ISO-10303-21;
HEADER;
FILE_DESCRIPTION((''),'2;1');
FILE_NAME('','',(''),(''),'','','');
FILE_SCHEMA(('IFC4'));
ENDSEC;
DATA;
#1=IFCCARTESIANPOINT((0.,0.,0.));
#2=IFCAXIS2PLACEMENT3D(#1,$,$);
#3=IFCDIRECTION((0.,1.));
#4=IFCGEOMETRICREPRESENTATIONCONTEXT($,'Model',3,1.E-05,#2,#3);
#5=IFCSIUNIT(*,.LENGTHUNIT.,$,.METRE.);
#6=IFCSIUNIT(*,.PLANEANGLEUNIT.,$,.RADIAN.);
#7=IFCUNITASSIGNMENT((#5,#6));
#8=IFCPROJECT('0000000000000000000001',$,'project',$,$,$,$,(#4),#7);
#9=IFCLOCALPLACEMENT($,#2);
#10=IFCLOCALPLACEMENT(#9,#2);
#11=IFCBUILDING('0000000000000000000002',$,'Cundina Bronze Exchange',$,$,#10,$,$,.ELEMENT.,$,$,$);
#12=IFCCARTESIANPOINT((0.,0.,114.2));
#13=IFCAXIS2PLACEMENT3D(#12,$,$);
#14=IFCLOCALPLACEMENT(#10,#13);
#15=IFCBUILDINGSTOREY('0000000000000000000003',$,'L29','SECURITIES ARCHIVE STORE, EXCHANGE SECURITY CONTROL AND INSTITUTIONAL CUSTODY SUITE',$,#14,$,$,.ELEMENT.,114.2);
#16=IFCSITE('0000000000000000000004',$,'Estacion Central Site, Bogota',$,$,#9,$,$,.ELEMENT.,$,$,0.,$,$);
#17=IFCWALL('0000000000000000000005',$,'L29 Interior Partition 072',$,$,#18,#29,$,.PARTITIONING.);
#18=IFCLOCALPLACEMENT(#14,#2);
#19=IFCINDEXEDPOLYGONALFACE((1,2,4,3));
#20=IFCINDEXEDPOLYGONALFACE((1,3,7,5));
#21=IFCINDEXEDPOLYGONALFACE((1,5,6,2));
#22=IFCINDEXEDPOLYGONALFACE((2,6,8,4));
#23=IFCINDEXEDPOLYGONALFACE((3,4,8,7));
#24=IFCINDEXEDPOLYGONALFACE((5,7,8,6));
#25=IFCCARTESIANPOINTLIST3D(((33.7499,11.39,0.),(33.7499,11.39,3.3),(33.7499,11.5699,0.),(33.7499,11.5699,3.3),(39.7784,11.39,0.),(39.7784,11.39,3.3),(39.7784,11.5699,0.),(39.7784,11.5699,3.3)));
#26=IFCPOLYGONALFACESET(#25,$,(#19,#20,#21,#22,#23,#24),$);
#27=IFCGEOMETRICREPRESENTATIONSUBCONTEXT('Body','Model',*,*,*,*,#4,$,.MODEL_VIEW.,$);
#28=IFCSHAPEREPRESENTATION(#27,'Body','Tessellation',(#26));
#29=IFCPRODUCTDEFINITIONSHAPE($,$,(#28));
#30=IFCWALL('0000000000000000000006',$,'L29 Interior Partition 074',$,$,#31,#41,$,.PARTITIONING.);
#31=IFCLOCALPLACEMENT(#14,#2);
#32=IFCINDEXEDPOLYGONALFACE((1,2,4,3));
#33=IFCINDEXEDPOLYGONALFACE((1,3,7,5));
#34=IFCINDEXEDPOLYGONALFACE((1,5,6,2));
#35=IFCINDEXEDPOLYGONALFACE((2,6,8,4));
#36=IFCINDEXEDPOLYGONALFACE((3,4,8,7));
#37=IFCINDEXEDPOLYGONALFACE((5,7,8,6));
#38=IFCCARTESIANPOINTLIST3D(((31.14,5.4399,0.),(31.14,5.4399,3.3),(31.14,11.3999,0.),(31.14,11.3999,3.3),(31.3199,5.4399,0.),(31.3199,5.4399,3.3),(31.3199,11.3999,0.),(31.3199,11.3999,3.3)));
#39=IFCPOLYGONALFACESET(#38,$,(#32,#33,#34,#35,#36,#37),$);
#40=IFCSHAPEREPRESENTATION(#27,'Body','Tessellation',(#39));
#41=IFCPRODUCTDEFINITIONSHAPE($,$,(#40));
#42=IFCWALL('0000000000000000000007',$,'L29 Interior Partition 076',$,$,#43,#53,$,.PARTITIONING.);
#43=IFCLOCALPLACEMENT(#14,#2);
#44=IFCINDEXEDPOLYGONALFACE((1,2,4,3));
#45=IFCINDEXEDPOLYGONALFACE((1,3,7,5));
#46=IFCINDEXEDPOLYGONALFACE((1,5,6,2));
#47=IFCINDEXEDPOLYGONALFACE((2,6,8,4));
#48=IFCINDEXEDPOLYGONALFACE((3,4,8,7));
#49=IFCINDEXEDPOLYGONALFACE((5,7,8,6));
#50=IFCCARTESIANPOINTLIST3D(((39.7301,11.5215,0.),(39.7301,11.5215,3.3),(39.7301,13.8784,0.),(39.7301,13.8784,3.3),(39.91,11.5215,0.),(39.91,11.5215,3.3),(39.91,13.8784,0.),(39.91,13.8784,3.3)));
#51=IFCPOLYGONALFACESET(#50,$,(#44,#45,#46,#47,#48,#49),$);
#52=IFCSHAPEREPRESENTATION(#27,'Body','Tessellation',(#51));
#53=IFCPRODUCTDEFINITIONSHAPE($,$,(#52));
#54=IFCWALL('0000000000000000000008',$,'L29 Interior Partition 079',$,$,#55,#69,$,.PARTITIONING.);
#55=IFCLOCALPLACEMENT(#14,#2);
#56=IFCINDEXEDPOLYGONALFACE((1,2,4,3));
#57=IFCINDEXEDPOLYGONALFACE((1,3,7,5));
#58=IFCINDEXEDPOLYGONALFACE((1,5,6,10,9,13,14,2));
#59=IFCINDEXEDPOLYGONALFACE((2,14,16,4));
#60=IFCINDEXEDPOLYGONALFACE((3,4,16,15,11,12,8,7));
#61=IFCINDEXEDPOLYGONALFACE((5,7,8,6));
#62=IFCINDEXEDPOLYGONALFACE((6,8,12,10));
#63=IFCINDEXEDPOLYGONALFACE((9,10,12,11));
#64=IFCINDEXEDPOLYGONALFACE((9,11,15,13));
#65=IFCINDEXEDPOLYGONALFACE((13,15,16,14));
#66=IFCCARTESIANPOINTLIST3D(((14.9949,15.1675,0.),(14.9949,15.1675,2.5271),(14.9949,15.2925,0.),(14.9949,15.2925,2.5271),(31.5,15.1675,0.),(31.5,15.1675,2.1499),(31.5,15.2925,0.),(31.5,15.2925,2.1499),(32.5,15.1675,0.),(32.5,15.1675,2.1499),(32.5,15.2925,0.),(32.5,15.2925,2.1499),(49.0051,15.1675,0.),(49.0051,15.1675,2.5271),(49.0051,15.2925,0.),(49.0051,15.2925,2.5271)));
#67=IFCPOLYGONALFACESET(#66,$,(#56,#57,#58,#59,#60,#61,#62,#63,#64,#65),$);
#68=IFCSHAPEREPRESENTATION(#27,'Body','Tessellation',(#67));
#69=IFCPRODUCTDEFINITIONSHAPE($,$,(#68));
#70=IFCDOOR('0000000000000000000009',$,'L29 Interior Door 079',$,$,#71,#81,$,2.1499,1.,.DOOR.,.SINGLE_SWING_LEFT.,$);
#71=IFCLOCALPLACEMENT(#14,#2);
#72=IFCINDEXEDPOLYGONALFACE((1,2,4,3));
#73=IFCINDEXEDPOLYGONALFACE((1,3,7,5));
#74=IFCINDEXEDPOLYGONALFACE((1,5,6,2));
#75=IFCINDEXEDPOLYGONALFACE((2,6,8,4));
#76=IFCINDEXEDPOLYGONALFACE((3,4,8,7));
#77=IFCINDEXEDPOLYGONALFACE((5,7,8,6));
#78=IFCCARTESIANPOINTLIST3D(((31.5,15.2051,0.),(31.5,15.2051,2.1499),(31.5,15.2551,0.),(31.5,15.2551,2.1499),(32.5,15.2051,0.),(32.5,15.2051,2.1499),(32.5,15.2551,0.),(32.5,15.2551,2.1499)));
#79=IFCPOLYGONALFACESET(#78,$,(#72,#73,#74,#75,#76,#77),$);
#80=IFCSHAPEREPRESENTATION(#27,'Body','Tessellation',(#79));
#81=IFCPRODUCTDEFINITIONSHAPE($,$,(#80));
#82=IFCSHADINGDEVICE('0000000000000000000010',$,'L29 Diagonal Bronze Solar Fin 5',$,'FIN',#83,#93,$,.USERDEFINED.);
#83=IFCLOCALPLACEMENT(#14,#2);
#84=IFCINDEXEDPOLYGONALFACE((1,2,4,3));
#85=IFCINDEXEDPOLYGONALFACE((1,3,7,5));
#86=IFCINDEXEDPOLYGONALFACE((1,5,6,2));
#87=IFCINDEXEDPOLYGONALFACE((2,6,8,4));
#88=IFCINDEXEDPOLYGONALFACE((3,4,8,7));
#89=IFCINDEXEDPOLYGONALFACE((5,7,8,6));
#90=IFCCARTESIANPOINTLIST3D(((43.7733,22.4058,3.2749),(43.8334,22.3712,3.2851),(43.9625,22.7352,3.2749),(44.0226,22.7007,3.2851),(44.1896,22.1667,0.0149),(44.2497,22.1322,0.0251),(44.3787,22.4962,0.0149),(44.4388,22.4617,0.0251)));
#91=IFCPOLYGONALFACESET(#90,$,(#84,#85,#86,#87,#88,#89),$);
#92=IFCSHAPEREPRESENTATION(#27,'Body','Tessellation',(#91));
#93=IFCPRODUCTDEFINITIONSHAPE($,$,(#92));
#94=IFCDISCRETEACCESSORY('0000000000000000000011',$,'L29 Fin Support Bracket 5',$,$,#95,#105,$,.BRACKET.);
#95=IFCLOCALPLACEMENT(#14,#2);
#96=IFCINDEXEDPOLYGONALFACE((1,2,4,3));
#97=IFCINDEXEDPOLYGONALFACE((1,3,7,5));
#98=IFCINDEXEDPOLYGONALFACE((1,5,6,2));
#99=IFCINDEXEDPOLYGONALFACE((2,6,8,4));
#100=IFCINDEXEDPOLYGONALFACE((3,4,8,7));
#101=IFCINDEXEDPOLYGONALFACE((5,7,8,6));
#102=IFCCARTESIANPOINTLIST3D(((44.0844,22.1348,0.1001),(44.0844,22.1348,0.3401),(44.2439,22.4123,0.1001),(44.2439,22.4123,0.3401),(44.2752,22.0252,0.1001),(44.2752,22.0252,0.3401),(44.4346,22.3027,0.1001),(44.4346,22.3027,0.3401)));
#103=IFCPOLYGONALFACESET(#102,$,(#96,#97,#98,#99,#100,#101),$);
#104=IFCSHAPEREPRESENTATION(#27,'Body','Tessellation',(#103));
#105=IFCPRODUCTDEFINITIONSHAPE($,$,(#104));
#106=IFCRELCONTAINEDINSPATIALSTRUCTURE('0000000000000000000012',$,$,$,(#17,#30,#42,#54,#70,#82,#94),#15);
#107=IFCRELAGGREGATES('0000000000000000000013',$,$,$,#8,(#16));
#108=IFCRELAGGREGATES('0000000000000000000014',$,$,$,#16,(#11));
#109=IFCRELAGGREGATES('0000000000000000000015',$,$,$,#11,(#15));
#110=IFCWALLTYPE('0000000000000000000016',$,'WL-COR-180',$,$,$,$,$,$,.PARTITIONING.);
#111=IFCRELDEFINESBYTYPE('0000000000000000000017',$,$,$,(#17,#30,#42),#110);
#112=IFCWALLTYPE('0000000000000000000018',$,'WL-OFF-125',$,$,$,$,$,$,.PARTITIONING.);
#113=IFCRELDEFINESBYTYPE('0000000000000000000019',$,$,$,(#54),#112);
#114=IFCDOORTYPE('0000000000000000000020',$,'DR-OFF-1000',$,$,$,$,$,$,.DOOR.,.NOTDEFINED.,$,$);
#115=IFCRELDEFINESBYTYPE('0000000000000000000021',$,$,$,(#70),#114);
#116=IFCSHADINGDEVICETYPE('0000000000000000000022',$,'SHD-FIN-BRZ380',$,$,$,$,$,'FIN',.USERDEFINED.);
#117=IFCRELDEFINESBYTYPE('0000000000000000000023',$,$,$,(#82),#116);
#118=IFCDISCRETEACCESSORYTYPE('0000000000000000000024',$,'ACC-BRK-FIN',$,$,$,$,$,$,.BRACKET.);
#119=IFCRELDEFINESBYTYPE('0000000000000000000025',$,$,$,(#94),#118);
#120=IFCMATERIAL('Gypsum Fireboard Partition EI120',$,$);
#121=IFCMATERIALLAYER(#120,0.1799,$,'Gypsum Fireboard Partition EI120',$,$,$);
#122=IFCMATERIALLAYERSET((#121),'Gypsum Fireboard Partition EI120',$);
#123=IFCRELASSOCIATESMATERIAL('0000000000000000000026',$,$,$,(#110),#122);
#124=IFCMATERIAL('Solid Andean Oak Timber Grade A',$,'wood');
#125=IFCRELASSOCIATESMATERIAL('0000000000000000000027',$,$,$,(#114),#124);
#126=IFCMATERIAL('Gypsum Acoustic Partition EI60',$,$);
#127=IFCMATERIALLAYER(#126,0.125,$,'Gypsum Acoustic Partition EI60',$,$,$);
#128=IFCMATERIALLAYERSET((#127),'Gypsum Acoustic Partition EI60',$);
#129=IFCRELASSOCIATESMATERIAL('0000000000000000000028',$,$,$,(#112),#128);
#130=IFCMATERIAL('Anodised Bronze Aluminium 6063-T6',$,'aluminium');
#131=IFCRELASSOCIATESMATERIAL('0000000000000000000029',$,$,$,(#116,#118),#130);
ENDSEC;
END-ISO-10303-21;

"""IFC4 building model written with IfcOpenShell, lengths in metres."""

from ifc_helpers import new_model, si_unit, direction, frame, frame_2d, origin, origin_2d, place, context, subcontext, project, spatial, rectangle, extrude, material, layer, layer_set, material_profile, profile_set, type_object, element, fill, save


model = new_model("IFC4")

# Units and contexts
model_context = context("Model", 3, precision=1e-05, world=origin(), true_north=direction((0.0, 1.0)))
body_context = subcontext(model_context, "Body", "Model", "MODEL_VIEW")
ifc_project = project(units=[si_unit("LENGTHUNIT", "METRE"), si_unit("PLANEANGLEUNIT", "RADIAN")], contexts=[model_context])

# Site, building, storey
site_placement = place(None, origin())
site = spatial("IfcSite", under=ifc_project, at=site_placement, Name="Estacion Central Site, Bogota", CompositionType="ELEMENT", RefElevation=0.0)
building_placement = place(site_placement, origin())
building = spatial("IfcBuilding", under=site, at=building_placement, Name="Cundina Bronze Exchange", CompositionType="ELEMENT")
storey_placement = place(building_placement, frame((0.0, 0.0, 114.2)))
storey = spatial("IfcBuildingStorey", under=building, at=storey_placement, Name="L29", Description="SECURITIES ARCHIVE STORE, EXCHANGE SECURITY CONTROL AND INSTITUTIONAL CUSTODY SUITE", CompositionType="ELEMENT", Elevation=114.2)

# Shared definitions
ifc_material_1 = material(Name="Anodised Bronze Aluminium 6063-T6", Category="aluminium")

# Shared definitions
ifc_material_2 = material(Name="Gypsum Fireboard Partition EI120")
ifc_layer_1 = layer(ifc_material_2, 0.1799, Name="Gypsum Fireboard Partition EI120")
ifc_layer_set_1 = layer_set([ifc_layer_1], Name="Gypsum Fireboard Partition EI120")
wall_type_1 = type_object("IfcWallType", Name="WL-COR-180", PredefinedType="PARTITIONING", material=ifc_layer_set_1)
ifc_material_3 = material(Name="Solid Andean Oak Timber Grade A", Category="wood")
door_type = type_object("IfcDoorType", Name="DR-OFF-1000", OperationType="NOTDEFINED", PredefinedType="DOOR", material=ifc_material_3)

# Walls
wall_1_placement = place(storey_placement, frame((33.75, 11.48, 0.0), z_axis=(0.0, 0.0, 1.0), x_axis=(1.0, 0.0, 0.0)))
element("IfcWall", 1, at=wall_1_placement, inside=storey, type_object=wall_type_1, Name="L29 Interior Partition 072", PredefinedType="PARTITIONING", context=body_context, shape_type="SweptSolid", body=[
    extrude(rectangle(XDim=6.0286, YDim=0.1799, at=frame_2d((3.0142, 0.0))), origin(), (0.0, 0.0, 1.0), 3.3),
])
wall_2_placement = place(storey_placement, frame((31.23, 11.3999, 0.0), z_axis=(0.0, 0.0, 1.0), x_axis=(0.0, -1.0, 0.0)))
element("IfcWall", 2, at=wall_2_placement, inside=storey, type_object=wall_type_1, Name="L29 Interior Partition 074", PredefinedType="PARTITIONING", context=body_context, shape_type="SweptSolid", body=[
    extrude(rectangle(XDim=5.96, YDim=0.1799, at=frame_2d((2.98, 0.0))), origin(), (0.0, 0.0, 1.0), 3.3),
])
wall_3_placement = place(storey_placement, frame((39.8201, 11.5215, 0.0), z_axis=(0.0, 0.0, 1.0), x_axis=(0.0, 1.0, 0.0)))
element("IfcWall", 3, at=wall_3_placement, inside=storey, type_object=wall_type_1, Name="L29 Interior Partition 076", PredefinedType="PARTITIONING", context=body_context, shape_type="SweptSolid", body=[
    extrude(rectangle(XDim=2.3569, YDim=0.1799, at=frame_2d((1.1785, 0.0))), origin(), (0.0, 0.0, 1.0), 3.3),
])

# Wall, opening, door
ifc_material_4 = material(Name="Gypsum Acoustic Partition EI60")
ifc_layer_2 = layer(ifc_material_4, 0.125, Name="Gypsum Acoustic Partition EI60")
ifc_layer_set_2 = layer_set([ifc_layer_2], Name="Gypsum Acoustic Partition EI60")
wall_type_2 = type_object("IfcWallType", Name="WL-OFF-125", PredefinedType="PARTITIONING", material=ifc_layer_set_2)
wall_4_placement = place(storey_placement, frame((49.0051, 15.23, 0.0), z_axis=(0.0, 0.0, 1.0), x_axis=(-1.0, 0.0, 0.0)))
wall_4 = element("IfcWall", 4, at=wall_4_placement, inside=storey, type_object=wall_type_2, Name="L29 Interior Partition 079", PredefinedType="PARTITIONING", context=body_context, shape_type="SweptSolid", body=[
    extrude(rectangle(XDim=34.0103, YDim=0.125, at=frame_2d((17.0051, 0.0))), origin(), (0.0, 0.0, 1.0), 2.5271),
])
opening_1_placement = place(wall_4_placement, frame((16.5051, 0.0, 0.0)))
opening_1 = element("IfcOpeningElement", 5, at=opening_1_placement, cuts=wall_4, PredefinedType="OPENING", context=body_context, shape_type="SweptSolid", body=[
    extrude(rectangle(XDim=1.0, YDim=2.1499, at=frame_2d((0.5, 1.075))), frame((0.0, 0.0725, 0.0), z_axis=(0.0, -1.0, 0.0), x_axis=(1.0, 0.0, 0.0)), (0.0, 0.0, 1.0), 0.145),
])
door_1_placement = place(opening_1_placement, origin())
door_1 = element("IfcDoor", 6, at=door_1_placement, inside=storey, type_object=door_type, Name="L29 Interior Door 079", OperationType="SINGLE_SWING_LEFT", OverallHeight=2.1499, OverallWidth=1.0, PredefinedType="DOOR", context=body_context, shape_type="SweptSolid", body=[
    extrude(rectangle(XDim=1.0, YDim=2.1499, at=frame_2d((0.5, 1.075))), frame((0.0, 0.0249, 0.0), z_axis=(0.0, -1.0, 0.0), x_axis=(1.0, 0.0, 0.0)), (0.0, 0.0, 1.0), 0.05),
])
fill(opening_1, door_1)

# Shading device
ifc_material_profile_1 = material_profile(ifc_material_1, rectangle(XDim=0.0701, YDim=0.3799, at=origin_2d()), Name="FIN70X380", Category="aluminium")
ifc_profile_set_1 = profile_set([ifc_material_profile_1], Name="Anodised Bronze Aluminium 6063-T6")
shading_device_type = type_object("IfcShadingDeviceType", Name="SHD-FIN-BRZ380", ElementType="FIN", PredefinedType="USERDEFINED", material=ifc_profile_set_1)
shading_device_placement = place(storey_placement, frame((44.3142, 22.3142, 0.02), z_axis=(-0.126325, 0.072535, 0.989333), x_axis=(0.857958, -0.492634, 0.145668)))
element("IfcShadingDevice", 7, at=shading_device_placement, inside=storey, type_object=shading_device_type, Name="L29 Diagonal Bronze Solar Fin 5", ObjectType="FIN", PredefinedType="USERDEFINED", context=body_context, shape_type="SweptSolid", body=[
    extrude(rectangle(XDim=0.0701, YDim=0.3799, at=origin_2d()), origin(), (0.0, 0.0, 1.0), 3.2952),
])

# Discrete accessory
discrete_accessory_type = type_object("IfcDiscreteAccessoryType", Name="ACC-BRK-FIN", PredefinedType="BRACKET", material=ifc_material_1)
discrete_accessory_placement = place(storey_placement, frame((44.2595, 22.2188, 0.1001), z_axis=(0.0, 0.0, 1.0), x_axis=(-0.867105, 0.498125, 0.0)))
element("IfcDiscreteAccessory", 8, at=discrete_accessory_placement, inside=storey, type_object=discrete_accessory_type, Name="L29 Fin Support Bracket 5", PredefinedType="BRACKET", context=body_context, shape_type="SweptSolid", body=[
    extrude(rectangle(XDim=0.22, YDim=0.3201, at=origin_2d()), origin(), (0.0, 0.0, 1.0), 0.24),
])

save(model, "model.ifc")
